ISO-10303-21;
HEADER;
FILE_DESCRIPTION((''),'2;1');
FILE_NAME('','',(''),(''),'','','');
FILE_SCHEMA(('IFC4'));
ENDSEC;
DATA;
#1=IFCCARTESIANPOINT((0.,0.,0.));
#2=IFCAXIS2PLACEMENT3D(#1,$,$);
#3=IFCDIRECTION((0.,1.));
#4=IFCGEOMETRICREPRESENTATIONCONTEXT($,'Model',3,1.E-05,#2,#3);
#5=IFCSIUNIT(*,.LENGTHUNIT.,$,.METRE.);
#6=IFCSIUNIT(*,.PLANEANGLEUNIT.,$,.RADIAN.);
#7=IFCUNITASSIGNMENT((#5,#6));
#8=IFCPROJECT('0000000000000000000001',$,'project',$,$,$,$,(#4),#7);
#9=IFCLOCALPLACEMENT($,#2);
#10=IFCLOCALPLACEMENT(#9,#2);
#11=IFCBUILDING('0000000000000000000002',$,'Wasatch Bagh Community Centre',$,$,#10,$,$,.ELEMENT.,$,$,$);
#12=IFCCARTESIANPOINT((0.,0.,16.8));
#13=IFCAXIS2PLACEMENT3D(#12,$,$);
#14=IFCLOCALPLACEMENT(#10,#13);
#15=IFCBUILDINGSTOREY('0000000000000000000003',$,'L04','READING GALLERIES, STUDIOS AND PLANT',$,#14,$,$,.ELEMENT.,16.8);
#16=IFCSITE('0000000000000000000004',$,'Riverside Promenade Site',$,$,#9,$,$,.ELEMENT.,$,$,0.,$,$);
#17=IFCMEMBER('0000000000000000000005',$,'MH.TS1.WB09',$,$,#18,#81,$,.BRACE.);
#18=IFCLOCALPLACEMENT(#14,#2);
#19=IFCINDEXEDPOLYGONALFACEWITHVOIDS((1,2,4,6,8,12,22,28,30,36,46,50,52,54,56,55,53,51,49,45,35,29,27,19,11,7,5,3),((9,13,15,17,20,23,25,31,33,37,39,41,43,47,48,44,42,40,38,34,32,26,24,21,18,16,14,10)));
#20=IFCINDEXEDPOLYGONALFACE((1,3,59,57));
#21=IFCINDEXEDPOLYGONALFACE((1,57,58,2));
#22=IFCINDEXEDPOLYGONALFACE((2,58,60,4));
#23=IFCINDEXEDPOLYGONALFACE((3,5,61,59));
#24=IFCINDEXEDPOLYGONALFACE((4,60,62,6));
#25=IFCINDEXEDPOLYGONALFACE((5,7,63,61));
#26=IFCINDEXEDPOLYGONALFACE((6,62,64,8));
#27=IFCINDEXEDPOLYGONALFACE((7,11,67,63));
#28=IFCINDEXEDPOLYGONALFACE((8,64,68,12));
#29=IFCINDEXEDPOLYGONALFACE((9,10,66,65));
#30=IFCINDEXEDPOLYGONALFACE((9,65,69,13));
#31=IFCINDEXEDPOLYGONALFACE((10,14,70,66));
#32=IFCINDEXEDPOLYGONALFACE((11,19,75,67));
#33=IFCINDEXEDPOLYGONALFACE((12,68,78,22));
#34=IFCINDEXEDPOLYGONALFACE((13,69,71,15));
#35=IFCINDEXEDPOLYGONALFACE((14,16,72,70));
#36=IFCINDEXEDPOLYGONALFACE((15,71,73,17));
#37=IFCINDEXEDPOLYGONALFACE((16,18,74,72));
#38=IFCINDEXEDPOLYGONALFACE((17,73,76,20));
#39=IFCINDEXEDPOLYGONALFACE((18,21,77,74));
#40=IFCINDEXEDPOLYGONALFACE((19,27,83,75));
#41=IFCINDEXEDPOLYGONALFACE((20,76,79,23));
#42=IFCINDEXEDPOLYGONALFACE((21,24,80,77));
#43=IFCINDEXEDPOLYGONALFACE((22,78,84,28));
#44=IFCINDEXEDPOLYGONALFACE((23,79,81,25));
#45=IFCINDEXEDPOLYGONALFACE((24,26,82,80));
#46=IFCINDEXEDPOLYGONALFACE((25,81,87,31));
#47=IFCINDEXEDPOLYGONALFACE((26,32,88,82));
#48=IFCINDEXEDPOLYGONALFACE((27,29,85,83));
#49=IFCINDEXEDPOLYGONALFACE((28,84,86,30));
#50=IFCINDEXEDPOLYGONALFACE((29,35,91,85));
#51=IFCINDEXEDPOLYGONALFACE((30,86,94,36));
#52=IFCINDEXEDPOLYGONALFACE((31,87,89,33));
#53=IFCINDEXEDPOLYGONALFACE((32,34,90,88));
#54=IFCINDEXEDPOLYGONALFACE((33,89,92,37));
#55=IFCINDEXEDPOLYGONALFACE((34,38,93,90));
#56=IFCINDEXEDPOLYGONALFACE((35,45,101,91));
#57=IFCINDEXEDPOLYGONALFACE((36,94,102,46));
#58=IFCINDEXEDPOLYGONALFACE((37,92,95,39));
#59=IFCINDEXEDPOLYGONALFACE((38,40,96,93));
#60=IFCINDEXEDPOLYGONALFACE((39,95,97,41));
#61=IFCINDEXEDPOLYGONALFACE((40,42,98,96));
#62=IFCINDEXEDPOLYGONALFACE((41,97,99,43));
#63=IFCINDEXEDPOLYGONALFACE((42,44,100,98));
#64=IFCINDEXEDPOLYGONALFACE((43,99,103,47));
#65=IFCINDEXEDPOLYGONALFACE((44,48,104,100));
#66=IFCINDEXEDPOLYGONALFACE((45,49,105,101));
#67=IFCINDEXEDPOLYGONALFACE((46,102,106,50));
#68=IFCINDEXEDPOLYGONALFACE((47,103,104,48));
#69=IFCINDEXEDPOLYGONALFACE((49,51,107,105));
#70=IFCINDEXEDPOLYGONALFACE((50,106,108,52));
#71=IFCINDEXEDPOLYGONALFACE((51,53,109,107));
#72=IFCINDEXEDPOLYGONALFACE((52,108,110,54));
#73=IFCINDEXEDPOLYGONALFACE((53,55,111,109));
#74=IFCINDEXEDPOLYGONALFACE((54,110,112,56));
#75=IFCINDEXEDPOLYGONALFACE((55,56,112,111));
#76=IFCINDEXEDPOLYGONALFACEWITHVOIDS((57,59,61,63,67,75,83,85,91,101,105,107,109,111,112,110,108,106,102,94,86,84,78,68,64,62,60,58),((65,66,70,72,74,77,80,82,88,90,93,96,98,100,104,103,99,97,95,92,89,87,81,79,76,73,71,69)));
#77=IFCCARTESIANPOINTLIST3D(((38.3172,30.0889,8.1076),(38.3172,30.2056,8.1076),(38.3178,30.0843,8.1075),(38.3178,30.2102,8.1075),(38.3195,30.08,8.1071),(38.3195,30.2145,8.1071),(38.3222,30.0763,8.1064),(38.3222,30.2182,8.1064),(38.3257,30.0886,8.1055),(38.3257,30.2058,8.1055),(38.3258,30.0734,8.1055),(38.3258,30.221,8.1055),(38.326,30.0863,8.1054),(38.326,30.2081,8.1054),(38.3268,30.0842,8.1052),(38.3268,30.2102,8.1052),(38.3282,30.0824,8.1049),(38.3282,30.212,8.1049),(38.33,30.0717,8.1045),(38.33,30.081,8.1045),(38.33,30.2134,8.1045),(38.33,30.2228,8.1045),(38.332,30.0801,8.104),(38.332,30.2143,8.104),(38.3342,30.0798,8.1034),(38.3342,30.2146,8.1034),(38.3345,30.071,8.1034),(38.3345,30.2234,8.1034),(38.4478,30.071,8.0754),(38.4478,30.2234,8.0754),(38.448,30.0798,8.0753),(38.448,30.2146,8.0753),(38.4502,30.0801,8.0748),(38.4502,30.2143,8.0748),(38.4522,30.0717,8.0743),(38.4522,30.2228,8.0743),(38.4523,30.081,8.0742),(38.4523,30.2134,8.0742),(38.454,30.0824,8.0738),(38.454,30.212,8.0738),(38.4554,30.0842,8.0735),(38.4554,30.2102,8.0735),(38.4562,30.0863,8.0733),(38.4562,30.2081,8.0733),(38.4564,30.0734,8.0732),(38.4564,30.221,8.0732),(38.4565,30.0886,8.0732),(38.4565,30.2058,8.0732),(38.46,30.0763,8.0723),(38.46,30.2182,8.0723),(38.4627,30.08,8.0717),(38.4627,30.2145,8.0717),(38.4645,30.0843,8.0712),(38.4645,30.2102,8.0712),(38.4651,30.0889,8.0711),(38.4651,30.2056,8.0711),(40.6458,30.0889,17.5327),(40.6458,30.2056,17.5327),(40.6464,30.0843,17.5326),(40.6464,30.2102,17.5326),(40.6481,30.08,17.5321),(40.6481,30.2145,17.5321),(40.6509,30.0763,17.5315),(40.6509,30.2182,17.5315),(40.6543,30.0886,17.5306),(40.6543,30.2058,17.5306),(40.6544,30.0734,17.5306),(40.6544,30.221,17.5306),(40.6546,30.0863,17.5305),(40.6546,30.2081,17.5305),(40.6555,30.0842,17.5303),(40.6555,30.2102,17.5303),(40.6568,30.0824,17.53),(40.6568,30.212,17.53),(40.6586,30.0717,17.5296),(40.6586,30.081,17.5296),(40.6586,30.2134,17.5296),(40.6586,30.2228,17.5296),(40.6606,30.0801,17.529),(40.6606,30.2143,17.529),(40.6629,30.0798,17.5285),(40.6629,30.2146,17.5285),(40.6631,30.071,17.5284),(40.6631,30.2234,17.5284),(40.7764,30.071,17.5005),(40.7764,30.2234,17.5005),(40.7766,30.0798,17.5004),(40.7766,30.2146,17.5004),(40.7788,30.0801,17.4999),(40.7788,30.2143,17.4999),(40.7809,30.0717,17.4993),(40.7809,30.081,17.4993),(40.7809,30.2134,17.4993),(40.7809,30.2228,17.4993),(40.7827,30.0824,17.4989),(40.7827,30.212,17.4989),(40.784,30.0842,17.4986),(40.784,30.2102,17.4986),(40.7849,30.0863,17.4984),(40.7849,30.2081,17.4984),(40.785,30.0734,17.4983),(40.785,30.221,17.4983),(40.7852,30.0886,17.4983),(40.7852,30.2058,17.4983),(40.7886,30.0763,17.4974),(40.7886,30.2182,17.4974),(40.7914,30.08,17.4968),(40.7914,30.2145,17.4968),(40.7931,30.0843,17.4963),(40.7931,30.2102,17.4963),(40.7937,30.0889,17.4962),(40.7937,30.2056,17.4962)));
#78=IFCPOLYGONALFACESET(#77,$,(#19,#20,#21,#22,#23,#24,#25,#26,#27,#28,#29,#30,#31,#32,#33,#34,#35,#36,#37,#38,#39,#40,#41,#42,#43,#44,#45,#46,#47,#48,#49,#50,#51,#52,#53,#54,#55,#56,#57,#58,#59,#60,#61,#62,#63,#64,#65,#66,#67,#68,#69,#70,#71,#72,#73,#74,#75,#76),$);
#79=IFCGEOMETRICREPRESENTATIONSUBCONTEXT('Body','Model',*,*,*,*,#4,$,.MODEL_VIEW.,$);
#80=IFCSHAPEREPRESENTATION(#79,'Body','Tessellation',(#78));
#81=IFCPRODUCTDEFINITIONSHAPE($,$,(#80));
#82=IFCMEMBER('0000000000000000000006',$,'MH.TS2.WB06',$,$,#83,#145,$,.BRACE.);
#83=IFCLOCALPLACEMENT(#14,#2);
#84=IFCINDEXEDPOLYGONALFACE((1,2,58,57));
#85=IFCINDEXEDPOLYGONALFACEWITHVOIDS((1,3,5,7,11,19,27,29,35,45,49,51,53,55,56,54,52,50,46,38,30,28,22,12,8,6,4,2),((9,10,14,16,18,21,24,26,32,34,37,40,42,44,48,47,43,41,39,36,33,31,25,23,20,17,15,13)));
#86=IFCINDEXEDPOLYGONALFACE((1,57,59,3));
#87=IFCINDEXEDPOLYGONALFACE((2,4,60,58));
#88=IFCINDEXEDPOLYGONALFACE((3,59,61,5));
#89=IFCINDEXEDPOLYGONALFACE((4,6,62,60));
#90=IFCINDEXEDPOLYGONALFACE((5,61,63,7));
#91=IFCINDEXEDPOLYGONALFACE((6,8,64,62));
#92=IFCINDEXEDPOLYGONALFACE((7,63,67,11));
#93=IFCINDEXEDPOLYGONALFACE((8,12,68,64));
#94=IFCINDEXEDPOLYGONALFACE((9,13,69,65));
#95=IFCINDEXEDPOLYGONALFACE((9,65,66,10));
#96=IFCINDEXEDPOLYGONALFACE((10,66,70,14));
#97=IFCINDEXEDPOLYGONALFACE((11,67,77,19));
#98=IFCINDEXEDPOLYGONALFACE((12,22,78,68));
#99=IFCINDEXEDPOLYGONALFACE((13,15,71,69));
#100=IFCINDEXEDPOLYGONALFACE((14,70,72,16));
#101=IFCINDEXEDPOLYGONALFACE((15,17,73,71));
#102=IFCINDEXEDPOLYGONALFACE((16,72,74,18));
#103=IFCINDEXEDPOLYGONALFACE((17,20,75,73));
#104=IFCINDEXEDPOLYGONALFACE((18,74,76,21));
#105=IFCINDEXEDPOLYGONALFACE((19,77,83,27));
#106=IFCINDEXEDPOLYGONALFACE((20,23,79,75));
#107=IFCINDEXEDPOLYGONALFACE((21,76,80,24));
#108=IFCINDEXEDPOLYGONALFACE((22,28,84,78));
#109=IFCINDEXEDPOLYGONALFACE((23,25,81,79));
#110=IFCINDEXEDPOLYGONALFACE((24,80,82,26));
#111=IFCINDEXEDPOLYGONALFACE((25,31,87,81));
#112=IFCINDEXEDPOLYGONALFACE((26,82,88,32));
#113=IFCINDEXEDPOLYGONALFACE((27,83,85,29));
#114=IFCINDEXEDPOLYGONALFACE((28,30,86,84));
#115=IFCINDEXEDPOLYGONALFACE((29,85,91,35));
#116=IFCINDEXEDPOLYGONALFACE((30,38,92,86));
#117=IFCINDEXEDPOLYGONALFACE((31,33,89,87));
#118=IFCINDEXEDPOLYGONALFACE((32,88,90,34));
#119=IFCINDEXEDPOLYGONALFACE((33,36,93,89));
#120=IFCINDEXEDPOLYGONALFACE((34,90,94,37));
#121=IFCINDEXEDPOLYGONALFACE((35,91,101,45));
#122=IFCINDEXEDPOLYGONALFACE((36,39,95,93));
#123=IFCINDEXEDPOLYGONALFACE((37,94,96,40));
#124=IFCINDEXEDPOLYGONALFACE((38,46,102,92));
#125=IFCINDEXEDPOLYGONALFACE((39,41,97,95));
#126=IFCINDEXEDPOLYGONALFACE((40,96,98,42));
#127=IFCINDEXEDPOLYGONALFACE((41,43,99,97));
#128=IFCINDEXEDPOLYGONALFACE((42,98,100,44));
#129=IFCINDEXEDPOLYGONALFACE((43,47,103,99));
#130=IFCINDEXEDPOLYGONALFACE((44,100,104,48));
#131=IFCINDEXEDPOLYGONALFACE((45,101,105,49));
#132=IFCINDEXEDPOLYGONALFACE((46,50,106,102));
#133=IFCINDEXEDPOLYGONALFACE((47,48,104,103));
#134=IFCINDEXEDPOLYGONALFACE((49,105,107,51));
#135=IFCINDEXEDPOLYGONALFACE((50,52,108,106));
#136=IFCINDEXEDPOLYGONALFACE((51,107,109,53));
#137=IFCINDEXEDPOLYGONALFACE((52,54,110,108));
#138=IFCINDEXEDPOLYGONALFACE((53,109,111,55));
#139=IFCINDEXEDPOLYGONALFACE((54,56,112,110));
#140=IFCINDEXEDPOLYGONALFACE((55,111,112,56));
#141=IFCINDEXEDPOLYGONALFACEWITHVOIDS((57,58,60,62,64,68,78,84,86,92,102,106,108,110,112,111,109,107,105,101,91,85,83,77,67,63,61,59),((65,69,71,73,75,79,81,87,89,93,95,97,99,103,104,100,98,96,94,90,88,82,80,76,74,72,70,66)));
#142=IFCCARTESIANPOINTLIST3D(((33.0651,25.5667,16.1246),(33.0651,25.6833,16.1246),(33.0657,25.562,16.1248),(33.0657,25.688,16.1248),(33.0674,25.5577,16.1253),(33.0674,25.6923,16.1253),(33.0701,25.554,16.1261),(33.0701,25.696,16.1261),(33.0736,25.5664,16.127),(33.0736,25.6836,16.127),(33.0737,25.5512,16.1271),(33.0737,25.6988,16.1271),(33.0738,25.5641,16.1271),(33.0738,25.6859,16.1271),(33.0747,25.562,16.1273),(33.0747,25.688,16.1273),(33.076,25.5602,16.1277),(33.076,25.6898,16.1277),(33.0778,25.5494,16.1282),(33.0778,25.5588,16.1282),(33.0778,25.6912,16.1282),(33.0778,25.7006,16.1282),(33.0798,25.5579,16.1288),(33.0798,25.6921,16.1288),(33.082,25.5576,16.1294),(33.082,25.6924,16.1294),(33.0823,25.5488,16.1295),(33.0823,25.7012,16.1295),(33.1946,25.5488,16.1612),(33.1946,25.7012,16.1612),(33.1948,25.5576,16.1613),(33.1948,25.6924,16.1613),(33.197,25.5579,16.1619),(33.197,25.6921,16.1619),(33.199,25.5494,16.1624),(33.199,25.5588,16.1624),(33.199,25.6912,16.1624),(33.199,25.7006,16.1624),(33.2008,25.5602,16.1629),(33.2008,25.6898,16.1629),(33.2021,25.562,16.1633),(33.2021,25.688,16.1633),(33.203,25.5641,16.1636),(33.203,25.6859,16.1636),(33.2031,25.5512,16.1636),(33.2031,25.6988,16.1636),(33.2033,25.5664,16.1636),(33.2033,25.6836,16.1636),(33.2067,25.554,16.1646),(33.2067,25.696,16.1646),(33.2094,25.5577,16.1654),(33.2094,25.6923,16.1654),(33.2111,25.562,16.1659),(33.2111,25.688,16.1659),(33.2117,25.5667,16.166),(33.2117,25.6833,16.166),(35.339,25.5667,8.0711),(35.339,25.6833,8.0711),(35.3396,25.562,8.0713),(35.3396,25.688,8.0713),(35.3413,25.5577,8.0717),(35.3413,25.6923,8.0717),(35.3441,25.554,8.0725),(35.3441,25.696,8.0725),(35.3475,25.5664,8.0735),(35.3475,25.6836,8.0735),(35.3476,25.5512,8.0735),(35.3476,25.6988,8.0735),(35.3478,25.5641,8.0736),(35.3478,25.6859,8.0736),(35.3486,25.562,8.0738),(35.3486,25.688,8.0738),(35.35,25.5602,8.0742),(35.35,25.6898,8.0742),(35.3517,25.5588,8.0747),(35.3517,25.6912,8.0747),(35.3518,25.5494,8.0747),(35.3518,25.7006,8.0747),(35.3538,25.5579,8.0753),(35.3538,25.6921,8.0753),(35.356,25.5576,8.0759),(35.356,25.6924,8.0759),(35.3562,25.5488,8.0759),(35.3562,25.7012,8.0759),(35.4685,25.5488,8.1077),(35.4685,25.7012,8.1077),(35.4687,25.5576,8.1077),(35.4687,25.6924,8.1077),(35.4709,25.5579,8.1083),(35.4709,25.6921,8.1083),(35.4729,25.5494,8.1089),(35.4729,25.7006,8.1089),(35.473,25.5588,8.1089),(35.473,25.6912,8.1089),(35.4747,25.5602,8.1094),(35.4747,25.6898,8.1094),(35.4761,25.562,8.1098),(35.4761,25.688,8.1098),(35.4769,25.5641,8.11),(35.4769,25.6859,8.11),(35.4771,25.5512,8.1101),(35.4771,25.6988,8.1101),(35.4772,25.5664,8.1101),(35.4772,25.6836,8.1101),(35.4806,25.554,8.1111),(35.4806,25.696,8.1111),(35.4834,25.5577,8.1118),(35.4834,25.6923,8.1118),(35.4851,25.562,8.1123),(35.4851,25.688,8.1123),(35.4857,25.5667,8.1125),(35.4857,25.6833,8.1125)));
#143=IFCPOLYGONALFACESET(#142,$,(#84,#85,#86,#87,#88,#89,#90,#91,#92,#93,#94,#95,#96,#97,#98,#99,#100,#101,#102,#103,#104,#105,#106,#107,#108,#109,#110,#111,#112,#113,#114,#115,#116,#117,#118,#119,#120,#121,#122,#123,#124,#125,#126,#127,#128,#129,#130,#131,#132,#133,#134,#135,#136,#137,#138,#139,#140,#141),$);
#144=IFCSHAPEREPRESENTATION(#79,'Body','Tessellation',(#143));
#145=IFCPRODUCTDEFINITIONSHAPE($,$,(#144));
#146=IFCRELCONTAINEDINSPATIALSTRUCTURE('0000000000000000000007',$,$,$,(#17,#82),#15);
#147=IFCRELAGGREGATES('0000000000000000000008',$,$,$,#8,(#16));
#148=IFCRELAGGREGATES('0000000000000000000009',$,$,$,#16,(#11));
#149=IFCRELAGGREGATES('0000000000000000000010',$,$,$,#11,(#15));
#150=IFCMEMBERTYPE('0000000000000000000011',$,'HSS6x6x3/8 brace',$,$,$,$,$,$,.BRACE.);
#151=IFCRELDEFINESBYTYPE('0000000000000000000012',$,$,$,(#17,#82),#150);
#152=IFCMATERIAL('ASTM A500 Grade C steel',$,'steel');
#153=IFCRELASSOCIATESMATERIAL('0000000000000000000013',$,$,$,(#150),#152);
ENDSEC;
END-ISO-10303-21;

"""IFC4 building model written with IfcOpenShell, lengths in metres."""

from ifc_helpers import new_model, si_unit, direction, frame, origin, origin_2d, place, context, subcontext, project, spatial, hollow_rectangle, extrude, material, material_profile, profile_set, type_object, element, save


model = new_model("IFC4")

# Units and contexts
model_context = context("Model", 3, precision=1e-05, world=origin(), true_north=direction((0.0, 1.0)))
body_context = subcontext(model_context, "Body", "Model", "MODEL_VIEW")
ifc_project = project(units=[si_unit("LENGTHUNIT", "METRE"), si_unit("PLANEANGLEUNIT", "RADIAN")], contexts=[model_context])

# Site, building, storey
site_placement = place(None, origin())
site = spatial("IfcSite", under=ifc_project, at=site_placement, Name="Riverside Promenade Site", CompositionType="ELEMENT", RefElevation=0.0)
building_placement = place(site_placement, origin())
building = spatial("IfcBuilding", under=site, at=building_placement, Name="Wasatch Bagh Community Centre", CompositionType="ELEMENT")
storey_placement = place(building_placement, frame((0.0, 0.0, 16.8)))
storey = spatial("IfcBuildingStorey", under=building, at=storey_placement, Name="L04", Description="READING GALLERIES, STUDIOS AND PLANT", CompositionType="ELEMENT", Elevation=16.8)

# Members
ifc_material_1 = material(Name="ASTM A500 Grade C steel", Category="steel")
ifc_material_profile_1 = material_profile(ifc_material_1, hollow_rectangle(XDim=0.1523, YDim=0.1523, WallThickness=0.0088, InnerFilletRadius=0.0088, OuterFilletRadius=0.0178, at=origin_2d()), Name="HSS6x6x3/8")
ifc_profile_set_1 = profile_set([ifc_material_profile_1], Name="ASTM A500 Grade C steel")
member_type_1 = type_object("IfcMemberType", Name="HSS6x6x3/8 brace", PredefinedType="BRACE", material=ifc_profile_set_1)
member_1_placement = place(storey_placement, frame((38.3911, 30.1472, 8.0894), z_axis=(0.239854, 0.0, 0.970809), x_axis=(0.0, 1.0, 0.0)))
element("IfcMember", 1, at=member_1_placement, inside=storey, type_object=member_type_1, Name="MH.TS1.WB09", PredefinedType="BRACE", context=body_context, shape_type="SweptSolid", body=[
    extrude(hollow_rectangle(XDim=0.1523, YDim=0.1523, WallThickness=0.0088, InnerFilletRadius=0.0088, OuterFilletRadius=0.0178, at=origin_2d()), origin(), (0.0, 0.0, 1.0), 9.7085),
])
member_2_placement = place(storey_placement, frame((35.4124, 25.625, 8.0918), z_axis=(-0.27173, 0.0, 0.962374), x_axis=(0.0, -1.0, 0.0)))
element("IfcMember", 2, at=member_2_placement, inside=storey, type_object=member_type_1, Name="MH.TS2.WB06", PredefinedType="BRACE", context=body_context, shape_type="SweptSolid", body=[
    extrude(hollow_rectangle(XDim=0.1523, YDim=0.1523, WallThickness=0.0088, InnerFilletRadius=0.0088, OuterFilletRadius=0.0178, at=origin_2d()), origin(), (0.0, 0.0, 1.0), 8.3684),
])

save(model, "model.ifc")
